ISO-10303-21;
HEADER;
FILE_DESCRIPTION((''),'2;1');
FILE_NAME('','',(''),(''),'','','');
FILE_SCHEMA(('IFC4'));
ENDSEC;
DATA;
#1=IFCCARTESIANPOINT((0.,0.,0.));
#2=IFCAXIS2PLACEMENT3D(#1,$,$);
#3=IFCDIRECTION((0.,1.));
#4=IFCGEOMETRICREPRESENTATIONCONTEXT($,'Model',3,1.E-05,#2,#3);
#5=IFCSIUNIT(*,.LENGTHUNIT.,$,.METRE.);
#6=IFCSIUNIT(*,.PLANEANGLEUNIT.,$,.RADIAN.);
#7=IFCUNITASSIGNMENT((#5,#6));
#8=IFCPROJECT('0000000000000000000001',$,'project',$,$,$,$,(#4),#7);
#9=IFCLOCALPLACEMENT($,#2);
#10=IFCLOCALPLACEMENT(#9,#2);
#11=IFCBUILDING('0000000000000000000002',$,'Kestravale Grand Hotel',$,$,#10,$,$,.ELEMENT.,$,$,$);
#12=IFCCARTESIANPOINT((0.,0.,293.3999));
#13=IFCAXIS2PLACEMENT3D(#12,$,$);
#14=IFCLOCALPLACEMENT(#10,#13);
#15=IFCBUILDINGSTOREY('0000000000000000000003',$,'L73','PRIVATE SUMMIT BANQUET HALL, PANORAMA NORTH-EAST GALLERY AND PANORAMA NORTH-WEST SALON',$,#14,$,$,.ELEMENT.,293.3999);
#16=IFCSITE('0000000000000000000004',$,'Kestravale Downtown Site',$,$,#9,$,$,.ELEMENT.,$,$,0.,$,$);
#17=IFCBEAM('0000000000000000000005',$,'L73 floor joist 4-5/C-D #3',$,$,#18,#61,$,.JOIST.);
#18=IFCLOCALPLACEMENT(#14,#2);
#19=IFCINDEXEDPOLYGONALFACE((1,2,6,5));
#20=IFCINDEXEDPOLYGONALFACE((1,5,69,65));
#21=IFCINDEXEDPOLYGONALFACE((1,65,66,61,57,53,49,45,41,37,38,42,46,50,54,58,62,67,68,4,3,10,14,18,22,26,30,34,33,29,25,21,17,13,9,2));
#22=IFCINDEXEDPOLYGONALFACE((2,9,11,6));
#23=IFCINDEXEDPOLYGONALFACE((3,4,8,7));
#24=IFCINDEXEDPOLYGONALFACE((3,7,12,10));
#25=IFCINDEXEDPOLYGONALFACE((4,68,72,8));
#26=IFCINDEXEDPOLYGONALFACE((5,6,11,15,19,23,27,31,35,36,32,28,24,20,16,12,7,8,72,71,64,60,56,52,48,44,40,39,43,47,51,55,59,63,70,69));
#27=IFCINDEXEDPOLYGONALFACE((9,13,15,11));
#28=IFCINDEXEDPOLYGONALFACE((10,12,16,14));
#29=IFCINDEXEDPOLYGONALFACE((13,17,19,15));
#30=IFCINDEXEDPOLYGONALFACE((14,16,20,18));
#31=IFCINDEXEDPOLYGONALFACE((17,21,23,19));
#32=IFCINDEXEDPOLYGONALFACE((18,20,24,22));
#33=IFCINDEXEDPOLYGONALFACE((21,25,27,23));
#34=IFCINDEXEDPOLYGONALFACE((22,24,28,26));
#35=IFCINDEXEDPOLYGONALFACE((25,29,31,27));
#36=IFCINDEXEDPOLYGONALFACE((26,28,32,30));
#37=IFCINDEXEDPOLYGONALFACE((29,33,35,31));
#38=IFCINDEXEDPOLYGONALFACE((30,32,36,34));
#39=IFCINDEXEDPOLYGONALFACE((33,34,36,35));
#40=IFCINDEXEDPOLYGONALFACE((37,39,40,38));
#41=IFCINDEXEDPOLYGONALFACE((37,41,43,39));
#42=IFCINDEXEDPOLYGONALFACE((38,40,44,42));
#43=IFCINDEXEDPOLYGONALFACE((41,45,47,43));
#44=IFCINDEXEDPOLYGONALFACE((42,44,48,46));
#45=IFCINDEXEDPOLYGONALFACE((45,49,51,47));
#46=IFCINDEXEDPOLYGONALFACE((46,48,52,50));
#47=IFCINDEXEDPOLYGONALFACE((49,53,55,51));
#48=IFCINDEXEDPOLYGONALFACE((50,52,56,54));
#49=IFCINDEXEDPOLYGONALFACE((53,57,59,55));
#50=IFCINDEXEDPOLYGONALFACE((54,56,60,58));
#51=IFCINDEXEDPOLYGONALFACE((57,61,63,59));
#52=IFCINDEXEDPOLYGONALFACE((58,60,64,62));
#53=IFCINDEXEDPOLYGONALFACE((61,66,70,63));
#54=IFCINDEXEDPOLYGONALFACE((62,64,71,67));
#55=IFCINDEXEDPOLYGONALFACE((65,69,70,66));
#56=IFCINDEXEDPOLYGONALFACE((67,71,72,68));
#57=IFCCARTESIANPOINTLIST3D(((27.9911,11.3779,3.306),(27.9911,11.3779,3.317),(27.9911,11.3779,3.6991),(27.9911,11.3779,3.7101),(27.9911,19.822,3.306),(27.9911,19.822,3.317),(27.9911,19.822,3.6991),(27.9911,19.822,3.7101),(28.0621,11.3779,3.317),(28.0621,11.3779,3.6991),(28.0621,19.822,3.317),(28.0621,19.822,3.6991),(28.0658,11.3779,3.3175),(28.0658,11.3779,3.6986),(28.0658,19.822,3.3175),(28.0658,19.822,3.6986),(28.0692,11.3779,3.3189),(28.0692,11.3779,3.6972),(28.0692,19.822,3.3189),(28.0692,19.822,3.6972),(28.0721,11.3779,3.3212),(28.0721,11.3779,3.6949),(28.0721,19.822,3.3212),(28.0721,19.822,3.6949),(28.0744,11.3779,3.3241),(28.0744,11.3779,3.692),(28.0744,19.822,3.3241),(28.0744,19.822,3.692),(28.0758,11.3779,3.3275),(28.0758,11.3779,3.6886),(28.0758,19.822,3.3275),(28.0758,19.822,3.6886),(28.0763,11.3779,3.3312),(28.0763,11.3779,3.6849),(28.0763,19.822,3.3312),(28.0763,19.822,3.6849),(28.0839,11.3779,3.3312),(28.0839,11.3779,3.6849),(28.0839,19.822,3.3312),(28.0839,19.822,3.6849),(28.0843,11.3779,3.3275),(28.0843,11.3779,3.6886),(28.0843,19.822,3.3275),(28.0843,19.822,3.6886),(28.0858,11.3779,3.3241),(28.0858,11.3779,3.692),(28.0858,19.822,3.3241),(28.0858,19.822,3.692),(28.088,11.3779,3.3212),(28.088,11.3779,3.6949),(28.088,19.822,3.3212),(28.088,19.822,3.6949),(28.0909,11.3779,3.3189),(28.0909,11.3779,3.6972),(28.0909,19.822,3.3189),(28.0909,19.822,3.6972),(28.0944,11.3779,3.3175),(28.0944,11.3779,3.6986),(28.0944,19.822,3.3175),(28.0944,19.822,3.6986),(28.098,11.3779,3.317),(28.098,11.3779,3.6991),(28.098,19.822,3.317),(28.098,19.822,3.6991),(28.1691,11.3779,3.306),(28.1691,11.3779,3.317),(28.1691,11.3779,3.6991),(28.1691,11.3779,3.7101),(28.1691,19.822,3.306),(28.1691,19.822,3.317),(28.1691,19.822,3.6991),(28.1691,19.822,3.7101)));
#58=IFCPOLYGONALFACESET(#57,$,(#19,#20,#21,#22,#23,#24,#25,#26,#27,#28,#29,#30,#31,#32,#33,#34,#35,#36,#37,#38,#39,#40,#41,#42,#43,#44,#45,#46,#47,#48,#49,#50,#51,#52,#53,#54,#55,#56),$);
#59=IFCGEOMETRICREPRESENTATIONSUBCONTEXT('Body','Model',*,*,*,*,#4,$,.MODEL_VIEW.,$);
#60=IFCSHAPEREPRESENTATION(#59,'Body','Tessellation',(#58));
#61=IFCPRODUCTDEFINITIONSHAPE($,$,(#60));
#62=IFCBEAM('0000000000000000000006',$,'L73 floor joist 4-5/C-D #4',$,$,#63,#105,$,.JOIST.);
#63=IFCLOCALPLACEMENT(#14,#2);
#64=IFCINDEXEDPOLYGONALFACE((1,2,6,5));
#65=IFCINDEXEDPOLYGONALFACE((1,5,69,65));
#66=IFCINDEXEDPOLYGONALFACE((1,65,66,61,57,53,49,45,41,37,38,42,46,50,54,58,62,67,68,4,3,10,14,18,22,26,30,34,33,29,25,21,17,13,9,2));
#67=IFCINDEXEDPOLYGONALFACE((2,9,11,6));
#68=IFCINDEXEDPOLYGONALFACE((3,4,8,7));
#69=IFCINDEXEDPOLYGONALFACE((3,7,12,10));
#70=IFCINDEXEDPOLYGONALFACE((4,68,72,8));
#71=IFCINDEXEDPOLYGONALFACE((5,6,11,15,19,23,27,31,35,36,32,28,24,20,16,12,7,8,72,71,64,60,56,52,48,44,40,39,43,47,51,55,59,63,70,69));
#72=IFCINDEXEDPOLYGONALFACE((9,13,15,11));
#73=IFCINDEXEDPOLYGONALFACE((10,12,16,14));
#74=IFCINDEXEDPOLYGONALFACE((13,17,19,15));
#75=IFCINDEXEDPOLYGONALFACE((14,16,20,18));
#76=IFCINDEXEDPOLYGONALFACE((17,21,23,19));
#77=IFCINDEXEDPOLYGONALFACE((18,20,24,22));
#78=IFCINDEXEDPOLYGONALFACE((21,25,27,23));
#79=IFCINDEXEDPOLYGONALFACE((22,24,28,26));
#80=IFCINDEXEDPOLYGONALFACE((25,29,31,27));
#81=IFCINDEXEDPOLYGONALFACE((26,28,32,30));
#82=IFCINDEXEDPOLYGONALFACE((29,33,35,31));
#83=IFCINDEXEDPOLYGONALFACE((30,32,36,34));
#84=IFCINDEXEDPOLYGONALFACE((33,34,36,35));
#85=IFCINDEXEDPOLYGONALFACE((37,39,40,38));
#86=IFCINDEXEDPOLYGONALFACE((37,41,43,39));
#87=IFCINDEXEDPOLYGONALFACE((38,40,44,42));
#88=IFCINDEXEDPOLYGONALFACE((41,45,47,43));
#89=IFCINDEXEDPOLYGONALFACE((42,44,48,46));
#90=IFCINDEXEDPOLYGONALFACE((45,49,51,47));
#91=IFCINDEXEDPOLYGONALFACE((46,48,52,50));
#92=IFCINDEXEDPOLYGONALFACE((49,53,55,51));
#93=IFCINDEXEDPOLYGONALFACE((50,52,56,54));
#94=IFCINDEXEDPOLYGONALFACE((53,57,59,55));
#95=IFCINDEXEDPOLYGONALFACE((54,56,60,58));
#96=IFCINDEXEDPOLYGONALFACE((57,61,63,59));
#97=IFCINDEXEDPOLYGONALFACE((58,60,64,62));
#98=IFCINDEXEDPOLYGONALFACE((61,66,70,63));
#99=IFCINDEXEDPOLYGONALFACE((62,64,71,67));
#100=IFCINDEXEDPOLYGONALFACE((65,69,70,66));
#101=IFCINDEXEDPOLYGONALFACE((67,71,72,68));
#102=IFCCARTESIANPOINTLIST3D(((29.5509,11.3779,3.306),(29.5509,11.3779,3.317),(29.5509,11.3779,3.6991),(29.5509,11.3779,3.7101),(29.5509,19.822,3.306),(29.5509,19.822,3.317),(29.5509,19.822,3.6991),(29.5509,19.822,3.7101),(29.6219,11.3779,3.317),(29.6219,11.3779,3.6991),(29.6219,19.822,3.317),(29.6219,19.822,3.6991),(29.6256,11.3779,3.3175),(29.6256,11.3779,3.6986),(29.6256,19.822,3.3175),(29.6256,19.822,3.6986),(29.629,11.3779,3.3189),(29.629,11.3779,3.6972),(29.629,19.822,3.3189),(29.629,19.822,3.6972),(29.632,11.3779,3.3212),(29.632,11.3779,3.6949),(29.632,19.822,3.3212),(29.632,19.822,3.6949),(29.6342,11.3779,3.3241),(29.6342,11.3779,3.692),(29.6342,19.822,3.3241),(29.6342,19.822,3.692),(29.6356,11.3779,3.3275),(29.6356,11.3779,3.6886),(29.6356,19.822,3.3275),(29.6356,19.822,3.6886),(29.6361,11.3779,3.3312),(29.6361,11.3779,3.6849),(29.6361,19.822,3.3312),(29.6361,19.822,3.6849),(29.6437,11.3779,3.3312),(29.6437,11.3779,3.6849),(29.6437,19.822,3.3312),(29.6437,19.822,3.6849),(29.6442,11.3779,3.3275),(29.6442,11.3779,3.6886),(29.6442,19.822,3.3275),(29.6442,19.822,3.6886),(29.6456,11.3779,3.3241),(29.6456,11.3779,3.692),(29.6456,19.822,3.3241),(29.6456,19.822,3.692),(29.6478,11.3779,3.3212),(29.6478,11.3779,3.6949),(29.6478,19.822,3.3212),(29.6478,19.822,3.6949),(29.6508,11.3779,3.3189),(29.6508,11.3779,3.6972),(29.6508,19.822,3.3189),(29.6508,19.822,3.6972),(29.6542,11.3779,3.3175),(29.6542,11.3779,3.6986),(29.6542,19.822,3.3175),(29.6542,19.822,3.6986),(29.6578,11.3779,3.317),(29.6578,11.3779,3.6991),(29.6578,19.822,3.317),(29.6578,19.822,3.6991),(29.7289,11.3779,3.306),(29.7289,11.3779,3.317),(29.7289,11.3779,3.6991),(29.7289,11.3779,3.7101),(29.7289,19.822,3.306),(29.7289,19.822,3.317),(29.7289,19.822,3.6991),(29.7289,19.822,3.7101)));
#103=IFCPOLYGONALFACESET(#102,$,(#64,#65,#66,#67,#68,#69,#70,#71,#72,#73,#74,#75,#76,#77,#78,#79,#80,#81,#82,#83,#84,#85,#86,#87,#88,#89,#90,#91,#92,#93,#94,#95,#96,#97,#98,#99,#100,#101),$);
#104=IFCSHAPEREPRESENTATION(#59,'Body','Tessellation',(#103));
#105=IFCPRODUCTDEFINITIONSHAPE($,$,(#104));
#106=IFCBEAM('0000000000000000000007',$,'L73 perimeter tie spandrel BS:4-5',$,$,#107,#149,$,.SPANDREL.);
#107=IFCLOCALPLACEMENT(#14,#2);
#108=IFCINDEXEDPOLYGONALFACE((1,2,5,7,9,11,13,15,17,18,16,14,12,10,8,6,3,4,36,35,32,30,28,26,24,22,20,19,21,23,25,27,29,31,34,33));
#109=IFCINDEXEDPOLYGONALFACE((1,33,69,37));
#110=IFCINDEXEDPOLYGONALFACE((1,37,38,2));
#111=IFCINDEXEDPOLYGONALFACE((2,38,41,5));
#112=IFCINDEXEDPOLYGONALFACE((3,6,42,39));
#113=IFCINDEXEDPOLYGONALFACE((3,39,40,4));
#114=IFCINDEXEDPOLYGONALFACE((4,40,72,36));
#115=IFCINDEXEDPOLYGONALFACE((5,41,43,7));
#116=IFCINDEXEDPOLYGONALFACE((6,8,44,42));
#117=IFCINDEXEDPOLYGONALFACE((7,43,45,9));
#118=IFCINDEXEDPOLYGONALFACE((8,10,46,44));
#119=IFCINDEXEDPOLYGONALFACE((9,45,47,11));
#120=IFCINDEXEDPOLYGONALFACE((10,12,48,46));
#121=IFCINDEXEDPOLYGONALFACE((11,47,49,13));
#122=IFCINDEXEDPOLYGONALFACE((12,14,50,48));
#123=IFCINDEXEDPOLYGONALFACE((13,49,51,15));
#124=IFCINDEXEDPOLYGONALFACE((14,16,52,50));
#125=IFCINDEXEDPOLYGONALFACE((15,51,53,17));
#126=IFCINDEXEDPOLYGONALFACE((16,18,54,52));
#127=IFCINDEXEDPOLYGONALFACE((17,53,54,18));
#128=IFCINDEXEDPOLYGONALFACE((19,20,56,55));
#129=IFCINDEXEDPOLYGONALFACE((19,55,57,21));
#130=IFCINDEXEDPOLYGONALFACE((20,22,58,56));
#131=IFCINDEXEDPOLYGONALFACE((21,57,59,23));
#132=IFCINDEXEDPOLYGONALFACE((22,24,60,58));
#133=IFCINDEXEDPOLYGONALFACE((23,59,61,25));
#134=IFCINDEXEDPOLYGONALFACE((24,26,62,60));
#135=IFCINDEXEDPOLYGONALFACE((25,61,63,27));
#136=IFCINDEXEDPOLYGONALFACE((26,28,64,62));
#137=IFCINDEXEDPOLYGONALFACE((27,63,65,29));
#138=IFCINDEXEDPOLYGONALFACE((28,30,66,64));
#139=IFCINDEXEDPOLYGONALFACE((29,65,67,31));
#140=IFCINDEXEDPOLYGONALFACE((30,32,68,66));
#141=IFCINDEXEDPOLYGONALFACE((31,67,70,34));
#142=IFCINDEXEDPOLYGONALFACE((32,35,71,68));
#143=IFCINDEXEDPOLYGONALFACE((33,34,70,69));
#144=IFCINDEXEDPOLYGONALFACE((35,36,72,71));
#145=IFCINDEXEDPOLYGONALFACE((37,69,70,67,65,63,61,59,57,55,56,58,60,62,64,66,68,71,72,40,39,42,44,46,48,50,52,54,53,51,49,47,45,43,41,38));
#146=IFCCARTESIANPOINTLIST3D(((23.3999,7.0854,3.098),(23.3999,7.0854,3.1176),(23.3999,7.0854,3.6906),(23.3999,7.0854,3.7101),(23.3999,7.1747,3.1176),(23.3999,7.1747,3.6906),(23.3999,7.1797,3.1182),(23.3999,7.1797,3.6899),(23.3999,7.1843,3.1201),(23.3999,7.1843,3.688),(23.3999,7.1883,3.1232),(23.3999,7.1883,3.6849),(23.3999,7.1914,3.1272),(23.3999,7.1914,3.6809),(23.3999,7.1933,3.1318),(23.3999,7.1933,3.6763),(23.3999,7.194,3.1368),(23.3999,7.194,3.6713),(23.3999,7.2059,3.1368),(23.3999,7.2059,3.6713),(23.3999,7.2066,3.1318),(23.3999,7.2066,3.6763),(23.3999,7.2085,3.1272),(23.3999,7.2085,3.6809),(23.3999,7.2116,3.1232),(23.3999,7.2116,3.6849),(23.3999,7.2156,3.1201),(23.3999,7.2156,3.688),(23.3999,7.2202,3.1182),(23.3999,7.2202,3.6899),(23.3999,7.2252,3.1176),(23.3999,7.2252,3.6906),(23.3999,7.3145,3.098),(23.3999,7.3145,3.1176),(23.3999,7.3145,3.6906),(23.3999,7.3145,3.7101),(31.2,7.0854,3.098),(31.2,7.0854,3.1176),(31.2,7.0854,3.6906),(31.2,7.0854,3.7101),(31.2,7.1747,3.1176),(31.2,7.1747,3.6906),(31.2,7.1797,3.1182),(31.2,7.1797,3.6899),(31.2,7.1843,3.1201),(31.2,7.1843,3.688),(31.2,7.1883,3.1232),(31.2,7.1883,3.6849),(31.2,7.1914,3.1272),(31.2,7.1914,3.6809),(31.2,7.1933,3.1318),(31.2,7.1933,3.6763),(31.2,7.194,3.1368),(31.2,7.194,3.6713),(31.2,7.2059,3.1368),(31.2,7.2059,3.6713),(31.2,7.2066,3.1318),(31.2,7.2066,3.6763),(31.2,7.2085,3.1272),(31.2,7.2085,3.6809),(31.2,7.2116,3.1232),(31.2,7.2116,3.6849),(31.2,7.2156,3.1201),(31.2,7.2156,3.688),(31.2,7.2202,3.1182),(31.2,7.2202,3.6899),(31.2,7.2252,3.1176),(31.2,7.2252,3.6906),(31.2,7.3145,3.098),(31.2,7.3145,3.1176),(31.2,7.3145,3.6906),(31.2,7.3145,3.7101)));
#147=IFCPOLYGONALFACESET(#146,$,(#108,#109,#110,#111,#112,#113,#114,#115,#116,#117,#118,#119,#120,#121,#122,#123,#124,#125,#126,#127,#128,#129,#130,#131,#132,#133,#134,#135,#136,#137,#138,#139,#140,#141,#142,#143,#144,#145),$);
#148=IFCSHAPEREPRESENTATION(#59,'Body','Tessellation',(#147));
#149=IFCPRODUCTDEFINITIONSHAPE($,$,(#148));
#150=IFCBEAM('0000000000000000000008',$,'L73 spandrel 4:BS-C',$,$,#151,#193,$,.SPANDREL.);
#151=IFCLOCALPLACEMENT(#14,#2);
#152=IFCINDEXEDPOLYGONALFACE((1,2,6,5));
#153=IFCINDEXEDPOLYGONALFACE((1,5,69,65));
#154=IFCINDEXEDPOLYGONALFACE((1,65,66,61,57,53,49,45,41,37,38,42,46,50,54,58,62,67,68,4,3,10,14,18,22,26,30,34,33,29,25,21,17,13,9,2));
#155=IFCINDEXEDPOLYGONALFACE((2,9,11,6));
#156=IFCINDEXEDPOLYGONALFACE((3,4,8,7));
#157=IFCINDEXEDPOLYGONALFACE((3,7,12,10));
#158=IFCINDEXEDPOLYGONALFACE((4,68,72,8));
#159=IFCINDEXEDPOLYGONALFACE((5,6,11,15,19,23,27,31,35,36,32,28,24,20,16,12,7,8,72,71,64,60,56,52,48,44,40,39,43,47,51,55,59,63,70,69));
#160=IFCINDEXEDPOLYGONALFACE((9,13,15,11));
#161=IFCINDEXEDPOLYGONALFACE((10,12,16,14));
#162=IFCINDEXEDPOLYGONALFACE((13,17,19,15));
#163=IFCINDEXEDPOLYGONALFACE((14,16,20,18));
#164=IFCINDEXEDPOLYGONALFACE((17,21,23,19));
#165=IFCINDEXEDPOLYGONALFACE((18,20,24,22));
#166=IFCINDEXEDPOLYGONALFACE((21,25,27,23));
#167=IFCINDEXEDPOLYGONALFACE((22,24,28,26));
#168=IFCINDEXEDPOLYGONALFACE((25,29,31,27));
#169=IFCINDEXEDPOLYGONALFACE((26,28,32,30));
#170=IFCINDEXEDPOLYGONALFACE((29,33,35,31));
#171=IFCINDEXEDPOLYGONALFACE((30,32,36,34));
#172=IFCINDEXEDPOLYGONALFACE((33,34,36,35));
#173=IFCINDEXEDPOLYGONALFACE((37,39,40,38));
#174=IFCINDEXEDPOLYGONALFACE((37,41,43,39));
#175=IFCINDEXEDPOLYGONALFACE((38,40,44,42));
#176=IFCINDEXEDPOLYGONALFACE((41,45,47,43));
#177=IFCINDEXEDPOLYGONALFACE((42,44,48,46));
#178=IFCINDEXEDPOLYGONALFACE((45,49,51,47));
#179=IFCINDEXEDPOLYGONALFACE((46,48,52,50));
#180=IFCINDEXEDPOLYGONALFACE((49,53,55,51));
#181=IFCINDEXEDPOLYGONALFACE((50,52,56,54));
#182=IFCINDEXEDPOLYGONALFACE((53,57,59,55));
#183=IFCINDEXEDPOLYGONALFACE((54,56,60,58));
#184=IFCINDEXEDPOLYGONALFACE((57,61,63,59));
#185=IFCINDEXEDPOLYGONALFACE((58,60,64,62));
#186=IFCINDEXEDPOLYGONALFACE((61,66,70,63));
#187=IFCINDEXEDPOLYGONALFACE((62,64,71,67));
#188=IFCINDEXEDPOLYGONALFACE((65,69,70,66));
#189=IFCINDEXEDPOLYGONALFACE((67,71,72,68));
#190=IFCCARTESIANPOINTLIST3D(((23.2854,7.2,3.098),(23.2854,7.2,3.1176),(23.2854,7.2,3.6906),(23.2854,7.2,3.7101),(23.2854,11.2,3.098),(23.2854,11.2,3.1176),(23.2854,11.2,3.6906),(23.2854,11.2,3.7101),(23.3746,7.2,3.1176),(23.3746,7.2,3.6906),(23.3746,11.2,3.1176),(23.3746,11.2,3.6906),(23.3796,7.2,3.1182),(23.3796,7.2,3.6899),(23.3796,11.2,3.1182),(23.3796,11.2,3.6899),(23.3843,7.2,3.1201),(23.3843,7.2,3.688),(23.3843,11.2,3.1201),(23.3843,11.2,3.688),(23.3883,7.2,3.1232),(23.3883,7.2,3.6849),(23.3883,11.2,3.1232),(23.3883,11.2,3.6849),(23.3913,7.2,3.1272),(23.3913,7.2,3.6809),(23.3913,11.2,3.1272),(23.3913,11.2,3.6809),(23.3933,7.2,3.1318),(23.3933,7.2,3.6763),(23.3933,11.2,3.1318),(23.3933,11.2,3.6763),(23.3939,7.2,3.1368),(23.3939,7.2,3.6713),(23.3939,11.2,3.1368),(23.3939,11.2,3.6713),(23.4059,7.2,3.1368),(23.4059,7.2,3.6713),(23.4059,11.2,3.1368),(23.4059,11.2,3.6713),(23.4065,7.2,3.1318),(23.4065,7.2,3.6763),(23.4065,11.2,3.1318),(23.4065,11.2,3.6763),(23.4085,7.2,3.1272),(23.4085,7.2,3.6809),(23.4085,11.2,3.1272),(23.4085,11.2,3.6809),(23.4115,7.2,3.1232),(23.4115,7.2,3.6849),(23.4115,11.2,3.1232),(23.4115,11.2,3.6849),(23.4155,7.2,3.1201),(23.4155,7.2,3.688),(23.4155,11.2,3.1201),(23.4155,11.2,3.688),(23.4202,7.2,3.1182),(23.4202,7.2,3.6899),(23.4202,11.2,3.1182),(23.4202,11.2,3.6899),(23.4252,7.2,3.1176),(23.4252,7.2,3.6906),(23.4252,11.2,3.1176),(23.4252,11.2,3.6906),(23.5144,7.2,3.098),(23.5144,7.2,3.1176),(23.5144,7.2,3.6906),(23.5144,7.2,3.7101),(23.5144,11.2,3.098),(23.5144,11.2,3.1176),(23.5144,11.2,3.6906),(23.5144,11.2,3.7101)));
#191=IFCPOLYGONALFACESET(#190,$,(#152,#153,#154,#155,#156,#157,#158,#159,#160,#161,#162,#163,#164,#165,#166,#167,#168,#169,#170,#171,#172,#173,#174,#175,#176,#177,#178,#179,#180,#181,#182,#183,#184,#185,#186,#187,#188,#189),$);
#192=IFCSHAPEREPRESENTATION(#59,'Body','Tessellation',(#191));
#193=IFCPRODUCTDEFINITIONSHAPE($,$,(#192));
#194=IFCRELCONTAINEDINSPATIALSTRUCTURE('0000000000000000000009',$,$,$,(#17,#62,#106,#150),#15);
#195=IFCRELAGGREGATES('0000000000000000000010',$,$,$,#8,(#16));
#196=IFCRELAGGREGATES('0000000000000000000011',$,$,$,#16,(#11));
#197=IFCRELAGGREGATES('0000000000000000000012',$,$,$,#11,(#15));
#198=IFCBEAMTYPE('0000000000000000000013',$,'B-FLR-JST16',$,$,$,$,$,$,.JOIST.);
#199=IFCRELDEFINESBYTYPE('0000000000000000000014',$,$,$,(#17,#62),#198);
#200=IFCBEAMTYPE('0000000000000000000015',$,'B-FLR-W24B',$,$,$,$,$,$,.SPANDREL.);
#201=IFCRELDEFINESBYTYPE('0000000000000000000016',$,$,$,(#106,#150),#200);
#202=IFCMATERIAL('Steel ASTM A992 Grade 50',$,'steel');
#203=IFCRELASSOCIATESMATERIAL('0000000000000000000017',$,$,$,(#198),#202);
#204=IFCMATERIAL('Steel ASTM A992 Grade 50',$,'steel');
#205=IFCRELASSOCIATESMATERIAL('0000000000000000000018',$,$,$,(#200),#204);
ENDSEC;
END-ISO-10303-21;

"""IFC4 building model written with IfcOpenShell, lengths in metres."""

from ifc_helpers import new_model, si_unit, direction, frame, origin, origin_2d, place, context, subcontext, project, spatial, i_section, extrude, material, material_profile, profile_set, type_object, element, save


model = new_model("IFC4")

# Units and contexts
model_context = context("Model", 3, precision=1e-05, world=origin(), true_north=direction((0.0, 1.0)))
body_context = subcontext(model_context, "Body", "Model", "MODEL_VIEW")
ifc_project = project(units=[si_unit("LENGTHUNIT", "METRE"), si_unit("PLANEANGLEUNIT", "RADIAN")], contexts=[model_context])

# Site, building, storey
site_placement = place(None, origin())
site = spatial("IfcSite", under=ifc_project, at=site_placement, Name="Kestravale Downtown Site", CompositionType="ELEMENT", RefElevation=0.0)
building_placement = place(site_placement, origin())
building = spatial("IfcBuilding", under=site, at=building_placement, Name="Kestravale Grand Hotel", CompositionType="ELEMENT")
storey_placement = place(building_placement, frame((0.0, 0.0, 293.3999)))
storey = spatial("IfcBuildingStorey", under=building, at=storey_placement, Name="L73", Description="PRIVATE SUMMIT BANQUET HALL, PANORAMA NORTH-EAST GALLERY AND PANORAMA NORTH-WEST SALON", CompositionType="ELEMENT", Elevation=293.3999)

# Beams
ifc_material_1 = material(Name="Steel ASTM A992 Grade 50", Category="steel")
ifc_material_profile_1 = material_profile(ifc_material_1, i_section(OverallWidth=0.178, OverallDepth=0.4041, WebThickness=0.0076, FlangeThickness=0.011, FilletRadius=0.0142, at=origin_2d()))
ifc_profile_set_1 = profile_set([ifc_material_profile_1], Name="Steel ASTM A992 Grade 50")
beam_type_1 = type_object("IfcBeamType", Name="B-FLR-JST16", PredefinedType="JOIST", material=ifc_profile_set_1)
for number, where, z_axis, x_axis, name in (
    (1, (28.0801, 11.3779, 3.5081), (0.0, 1.0, 0.0), (-1.0, 0.0, 0.0), "L73 floor joist 4-5/C-D #3"),
    (2, (29.6399, 11.3779, 3.5081), (0.0, 1.0, 0.0), (-1.0, 0.0, 0.0), "L73 floor joist 4-5/C-D #4"),
):
    element("IfcBeam", number, at=place(storey_placement, frame(where, z_axis=z_axis, x_axis=x_axis)), inside=storey, type_object=beam_type_1, Name=name, PredefinedType="JOIST", context=body_context, shape_type="SweptSolid", body=[
        extrude(i_section(OverallWidth=0.178, OverallDepth=0.4041, WebThickness=0.0076, FlangeThickness=0.011, FilletRadius=0.0142, at=origin_2d()), origin(), (0.0, 0.0, 1.0), 8.4441),
    ])
ifc_material_2 = material(Name="Steel ASTM A992 Grade 50", Category="steel")
ifc_material_profile_2 = material_profile(ifc_material_2, i_section(OverallWidth=0.229, OverallDepth=0.6121, WebThickness=0.012, FlangeThickness=0.0195, FilletRadius=0.0193, at=origin_2d()))
ifc_profile_set_2 = profile_set([ifc_material_profile_2], Name="Steel ASTM A992 Grade 50")
beam_type_2 = type_object("IfcBeamType", Name="B-FLR-W24B", PredefinedType="SPANDREL", material=ifc_profile_set_2)
beam_1_placement = place(storey_placement, frame((23.3999, 7.2, 3.4041), z_axis=(1.0, 0.0, 0.0), x_axis=(0.0, 1.0, 0.0)))
element("IfcBeam", 3, at=beam_1_placement, inside=storey, type_object=beam_type_2, Name="L73 perimeter tie spandrel BS:4-5", PredefinedType="SPANDREL", context=body_context, shape_type="SweptSolid", body=[
    extrude(i_section(OverallWidth=0.229, OverallDepth=0.6121, WebThickness=0.012, FlangeThickness=0.0195, FilletRadius=0.0193, at=origin_2d()), origin(), (0.0, 0.0, 1.0), 7.8),
])
for number, where, z_axis, x_axis, name in (
    (4, (23.3999, 7.2, 3.4041), (0.0, 1.0, 0.0), (-1.0, 0.0, 0.0), "L73 spandrel 4:BS-C"),
):
    element("IfcBeam", number, at=place(storey_placement, frame(where, z_axis=z_axis, x_axis=x_axis)), inside=storey, type_object=beam_type_2, Name=name, PredefinedType="SPANDREL", context=body_context, shape_type="SweptSolid", body=[
        extrude(i_section(OverallWidth=0.229, OverallDepth=0.6121, WebThickness=0.012, FlangeThickness=0.0195, FilletRadius=0.0193, at=origin_2d()), origin(), (0.0, 0.0, 1.0), 4.0),
    ])

save(model, "model.ifc")
